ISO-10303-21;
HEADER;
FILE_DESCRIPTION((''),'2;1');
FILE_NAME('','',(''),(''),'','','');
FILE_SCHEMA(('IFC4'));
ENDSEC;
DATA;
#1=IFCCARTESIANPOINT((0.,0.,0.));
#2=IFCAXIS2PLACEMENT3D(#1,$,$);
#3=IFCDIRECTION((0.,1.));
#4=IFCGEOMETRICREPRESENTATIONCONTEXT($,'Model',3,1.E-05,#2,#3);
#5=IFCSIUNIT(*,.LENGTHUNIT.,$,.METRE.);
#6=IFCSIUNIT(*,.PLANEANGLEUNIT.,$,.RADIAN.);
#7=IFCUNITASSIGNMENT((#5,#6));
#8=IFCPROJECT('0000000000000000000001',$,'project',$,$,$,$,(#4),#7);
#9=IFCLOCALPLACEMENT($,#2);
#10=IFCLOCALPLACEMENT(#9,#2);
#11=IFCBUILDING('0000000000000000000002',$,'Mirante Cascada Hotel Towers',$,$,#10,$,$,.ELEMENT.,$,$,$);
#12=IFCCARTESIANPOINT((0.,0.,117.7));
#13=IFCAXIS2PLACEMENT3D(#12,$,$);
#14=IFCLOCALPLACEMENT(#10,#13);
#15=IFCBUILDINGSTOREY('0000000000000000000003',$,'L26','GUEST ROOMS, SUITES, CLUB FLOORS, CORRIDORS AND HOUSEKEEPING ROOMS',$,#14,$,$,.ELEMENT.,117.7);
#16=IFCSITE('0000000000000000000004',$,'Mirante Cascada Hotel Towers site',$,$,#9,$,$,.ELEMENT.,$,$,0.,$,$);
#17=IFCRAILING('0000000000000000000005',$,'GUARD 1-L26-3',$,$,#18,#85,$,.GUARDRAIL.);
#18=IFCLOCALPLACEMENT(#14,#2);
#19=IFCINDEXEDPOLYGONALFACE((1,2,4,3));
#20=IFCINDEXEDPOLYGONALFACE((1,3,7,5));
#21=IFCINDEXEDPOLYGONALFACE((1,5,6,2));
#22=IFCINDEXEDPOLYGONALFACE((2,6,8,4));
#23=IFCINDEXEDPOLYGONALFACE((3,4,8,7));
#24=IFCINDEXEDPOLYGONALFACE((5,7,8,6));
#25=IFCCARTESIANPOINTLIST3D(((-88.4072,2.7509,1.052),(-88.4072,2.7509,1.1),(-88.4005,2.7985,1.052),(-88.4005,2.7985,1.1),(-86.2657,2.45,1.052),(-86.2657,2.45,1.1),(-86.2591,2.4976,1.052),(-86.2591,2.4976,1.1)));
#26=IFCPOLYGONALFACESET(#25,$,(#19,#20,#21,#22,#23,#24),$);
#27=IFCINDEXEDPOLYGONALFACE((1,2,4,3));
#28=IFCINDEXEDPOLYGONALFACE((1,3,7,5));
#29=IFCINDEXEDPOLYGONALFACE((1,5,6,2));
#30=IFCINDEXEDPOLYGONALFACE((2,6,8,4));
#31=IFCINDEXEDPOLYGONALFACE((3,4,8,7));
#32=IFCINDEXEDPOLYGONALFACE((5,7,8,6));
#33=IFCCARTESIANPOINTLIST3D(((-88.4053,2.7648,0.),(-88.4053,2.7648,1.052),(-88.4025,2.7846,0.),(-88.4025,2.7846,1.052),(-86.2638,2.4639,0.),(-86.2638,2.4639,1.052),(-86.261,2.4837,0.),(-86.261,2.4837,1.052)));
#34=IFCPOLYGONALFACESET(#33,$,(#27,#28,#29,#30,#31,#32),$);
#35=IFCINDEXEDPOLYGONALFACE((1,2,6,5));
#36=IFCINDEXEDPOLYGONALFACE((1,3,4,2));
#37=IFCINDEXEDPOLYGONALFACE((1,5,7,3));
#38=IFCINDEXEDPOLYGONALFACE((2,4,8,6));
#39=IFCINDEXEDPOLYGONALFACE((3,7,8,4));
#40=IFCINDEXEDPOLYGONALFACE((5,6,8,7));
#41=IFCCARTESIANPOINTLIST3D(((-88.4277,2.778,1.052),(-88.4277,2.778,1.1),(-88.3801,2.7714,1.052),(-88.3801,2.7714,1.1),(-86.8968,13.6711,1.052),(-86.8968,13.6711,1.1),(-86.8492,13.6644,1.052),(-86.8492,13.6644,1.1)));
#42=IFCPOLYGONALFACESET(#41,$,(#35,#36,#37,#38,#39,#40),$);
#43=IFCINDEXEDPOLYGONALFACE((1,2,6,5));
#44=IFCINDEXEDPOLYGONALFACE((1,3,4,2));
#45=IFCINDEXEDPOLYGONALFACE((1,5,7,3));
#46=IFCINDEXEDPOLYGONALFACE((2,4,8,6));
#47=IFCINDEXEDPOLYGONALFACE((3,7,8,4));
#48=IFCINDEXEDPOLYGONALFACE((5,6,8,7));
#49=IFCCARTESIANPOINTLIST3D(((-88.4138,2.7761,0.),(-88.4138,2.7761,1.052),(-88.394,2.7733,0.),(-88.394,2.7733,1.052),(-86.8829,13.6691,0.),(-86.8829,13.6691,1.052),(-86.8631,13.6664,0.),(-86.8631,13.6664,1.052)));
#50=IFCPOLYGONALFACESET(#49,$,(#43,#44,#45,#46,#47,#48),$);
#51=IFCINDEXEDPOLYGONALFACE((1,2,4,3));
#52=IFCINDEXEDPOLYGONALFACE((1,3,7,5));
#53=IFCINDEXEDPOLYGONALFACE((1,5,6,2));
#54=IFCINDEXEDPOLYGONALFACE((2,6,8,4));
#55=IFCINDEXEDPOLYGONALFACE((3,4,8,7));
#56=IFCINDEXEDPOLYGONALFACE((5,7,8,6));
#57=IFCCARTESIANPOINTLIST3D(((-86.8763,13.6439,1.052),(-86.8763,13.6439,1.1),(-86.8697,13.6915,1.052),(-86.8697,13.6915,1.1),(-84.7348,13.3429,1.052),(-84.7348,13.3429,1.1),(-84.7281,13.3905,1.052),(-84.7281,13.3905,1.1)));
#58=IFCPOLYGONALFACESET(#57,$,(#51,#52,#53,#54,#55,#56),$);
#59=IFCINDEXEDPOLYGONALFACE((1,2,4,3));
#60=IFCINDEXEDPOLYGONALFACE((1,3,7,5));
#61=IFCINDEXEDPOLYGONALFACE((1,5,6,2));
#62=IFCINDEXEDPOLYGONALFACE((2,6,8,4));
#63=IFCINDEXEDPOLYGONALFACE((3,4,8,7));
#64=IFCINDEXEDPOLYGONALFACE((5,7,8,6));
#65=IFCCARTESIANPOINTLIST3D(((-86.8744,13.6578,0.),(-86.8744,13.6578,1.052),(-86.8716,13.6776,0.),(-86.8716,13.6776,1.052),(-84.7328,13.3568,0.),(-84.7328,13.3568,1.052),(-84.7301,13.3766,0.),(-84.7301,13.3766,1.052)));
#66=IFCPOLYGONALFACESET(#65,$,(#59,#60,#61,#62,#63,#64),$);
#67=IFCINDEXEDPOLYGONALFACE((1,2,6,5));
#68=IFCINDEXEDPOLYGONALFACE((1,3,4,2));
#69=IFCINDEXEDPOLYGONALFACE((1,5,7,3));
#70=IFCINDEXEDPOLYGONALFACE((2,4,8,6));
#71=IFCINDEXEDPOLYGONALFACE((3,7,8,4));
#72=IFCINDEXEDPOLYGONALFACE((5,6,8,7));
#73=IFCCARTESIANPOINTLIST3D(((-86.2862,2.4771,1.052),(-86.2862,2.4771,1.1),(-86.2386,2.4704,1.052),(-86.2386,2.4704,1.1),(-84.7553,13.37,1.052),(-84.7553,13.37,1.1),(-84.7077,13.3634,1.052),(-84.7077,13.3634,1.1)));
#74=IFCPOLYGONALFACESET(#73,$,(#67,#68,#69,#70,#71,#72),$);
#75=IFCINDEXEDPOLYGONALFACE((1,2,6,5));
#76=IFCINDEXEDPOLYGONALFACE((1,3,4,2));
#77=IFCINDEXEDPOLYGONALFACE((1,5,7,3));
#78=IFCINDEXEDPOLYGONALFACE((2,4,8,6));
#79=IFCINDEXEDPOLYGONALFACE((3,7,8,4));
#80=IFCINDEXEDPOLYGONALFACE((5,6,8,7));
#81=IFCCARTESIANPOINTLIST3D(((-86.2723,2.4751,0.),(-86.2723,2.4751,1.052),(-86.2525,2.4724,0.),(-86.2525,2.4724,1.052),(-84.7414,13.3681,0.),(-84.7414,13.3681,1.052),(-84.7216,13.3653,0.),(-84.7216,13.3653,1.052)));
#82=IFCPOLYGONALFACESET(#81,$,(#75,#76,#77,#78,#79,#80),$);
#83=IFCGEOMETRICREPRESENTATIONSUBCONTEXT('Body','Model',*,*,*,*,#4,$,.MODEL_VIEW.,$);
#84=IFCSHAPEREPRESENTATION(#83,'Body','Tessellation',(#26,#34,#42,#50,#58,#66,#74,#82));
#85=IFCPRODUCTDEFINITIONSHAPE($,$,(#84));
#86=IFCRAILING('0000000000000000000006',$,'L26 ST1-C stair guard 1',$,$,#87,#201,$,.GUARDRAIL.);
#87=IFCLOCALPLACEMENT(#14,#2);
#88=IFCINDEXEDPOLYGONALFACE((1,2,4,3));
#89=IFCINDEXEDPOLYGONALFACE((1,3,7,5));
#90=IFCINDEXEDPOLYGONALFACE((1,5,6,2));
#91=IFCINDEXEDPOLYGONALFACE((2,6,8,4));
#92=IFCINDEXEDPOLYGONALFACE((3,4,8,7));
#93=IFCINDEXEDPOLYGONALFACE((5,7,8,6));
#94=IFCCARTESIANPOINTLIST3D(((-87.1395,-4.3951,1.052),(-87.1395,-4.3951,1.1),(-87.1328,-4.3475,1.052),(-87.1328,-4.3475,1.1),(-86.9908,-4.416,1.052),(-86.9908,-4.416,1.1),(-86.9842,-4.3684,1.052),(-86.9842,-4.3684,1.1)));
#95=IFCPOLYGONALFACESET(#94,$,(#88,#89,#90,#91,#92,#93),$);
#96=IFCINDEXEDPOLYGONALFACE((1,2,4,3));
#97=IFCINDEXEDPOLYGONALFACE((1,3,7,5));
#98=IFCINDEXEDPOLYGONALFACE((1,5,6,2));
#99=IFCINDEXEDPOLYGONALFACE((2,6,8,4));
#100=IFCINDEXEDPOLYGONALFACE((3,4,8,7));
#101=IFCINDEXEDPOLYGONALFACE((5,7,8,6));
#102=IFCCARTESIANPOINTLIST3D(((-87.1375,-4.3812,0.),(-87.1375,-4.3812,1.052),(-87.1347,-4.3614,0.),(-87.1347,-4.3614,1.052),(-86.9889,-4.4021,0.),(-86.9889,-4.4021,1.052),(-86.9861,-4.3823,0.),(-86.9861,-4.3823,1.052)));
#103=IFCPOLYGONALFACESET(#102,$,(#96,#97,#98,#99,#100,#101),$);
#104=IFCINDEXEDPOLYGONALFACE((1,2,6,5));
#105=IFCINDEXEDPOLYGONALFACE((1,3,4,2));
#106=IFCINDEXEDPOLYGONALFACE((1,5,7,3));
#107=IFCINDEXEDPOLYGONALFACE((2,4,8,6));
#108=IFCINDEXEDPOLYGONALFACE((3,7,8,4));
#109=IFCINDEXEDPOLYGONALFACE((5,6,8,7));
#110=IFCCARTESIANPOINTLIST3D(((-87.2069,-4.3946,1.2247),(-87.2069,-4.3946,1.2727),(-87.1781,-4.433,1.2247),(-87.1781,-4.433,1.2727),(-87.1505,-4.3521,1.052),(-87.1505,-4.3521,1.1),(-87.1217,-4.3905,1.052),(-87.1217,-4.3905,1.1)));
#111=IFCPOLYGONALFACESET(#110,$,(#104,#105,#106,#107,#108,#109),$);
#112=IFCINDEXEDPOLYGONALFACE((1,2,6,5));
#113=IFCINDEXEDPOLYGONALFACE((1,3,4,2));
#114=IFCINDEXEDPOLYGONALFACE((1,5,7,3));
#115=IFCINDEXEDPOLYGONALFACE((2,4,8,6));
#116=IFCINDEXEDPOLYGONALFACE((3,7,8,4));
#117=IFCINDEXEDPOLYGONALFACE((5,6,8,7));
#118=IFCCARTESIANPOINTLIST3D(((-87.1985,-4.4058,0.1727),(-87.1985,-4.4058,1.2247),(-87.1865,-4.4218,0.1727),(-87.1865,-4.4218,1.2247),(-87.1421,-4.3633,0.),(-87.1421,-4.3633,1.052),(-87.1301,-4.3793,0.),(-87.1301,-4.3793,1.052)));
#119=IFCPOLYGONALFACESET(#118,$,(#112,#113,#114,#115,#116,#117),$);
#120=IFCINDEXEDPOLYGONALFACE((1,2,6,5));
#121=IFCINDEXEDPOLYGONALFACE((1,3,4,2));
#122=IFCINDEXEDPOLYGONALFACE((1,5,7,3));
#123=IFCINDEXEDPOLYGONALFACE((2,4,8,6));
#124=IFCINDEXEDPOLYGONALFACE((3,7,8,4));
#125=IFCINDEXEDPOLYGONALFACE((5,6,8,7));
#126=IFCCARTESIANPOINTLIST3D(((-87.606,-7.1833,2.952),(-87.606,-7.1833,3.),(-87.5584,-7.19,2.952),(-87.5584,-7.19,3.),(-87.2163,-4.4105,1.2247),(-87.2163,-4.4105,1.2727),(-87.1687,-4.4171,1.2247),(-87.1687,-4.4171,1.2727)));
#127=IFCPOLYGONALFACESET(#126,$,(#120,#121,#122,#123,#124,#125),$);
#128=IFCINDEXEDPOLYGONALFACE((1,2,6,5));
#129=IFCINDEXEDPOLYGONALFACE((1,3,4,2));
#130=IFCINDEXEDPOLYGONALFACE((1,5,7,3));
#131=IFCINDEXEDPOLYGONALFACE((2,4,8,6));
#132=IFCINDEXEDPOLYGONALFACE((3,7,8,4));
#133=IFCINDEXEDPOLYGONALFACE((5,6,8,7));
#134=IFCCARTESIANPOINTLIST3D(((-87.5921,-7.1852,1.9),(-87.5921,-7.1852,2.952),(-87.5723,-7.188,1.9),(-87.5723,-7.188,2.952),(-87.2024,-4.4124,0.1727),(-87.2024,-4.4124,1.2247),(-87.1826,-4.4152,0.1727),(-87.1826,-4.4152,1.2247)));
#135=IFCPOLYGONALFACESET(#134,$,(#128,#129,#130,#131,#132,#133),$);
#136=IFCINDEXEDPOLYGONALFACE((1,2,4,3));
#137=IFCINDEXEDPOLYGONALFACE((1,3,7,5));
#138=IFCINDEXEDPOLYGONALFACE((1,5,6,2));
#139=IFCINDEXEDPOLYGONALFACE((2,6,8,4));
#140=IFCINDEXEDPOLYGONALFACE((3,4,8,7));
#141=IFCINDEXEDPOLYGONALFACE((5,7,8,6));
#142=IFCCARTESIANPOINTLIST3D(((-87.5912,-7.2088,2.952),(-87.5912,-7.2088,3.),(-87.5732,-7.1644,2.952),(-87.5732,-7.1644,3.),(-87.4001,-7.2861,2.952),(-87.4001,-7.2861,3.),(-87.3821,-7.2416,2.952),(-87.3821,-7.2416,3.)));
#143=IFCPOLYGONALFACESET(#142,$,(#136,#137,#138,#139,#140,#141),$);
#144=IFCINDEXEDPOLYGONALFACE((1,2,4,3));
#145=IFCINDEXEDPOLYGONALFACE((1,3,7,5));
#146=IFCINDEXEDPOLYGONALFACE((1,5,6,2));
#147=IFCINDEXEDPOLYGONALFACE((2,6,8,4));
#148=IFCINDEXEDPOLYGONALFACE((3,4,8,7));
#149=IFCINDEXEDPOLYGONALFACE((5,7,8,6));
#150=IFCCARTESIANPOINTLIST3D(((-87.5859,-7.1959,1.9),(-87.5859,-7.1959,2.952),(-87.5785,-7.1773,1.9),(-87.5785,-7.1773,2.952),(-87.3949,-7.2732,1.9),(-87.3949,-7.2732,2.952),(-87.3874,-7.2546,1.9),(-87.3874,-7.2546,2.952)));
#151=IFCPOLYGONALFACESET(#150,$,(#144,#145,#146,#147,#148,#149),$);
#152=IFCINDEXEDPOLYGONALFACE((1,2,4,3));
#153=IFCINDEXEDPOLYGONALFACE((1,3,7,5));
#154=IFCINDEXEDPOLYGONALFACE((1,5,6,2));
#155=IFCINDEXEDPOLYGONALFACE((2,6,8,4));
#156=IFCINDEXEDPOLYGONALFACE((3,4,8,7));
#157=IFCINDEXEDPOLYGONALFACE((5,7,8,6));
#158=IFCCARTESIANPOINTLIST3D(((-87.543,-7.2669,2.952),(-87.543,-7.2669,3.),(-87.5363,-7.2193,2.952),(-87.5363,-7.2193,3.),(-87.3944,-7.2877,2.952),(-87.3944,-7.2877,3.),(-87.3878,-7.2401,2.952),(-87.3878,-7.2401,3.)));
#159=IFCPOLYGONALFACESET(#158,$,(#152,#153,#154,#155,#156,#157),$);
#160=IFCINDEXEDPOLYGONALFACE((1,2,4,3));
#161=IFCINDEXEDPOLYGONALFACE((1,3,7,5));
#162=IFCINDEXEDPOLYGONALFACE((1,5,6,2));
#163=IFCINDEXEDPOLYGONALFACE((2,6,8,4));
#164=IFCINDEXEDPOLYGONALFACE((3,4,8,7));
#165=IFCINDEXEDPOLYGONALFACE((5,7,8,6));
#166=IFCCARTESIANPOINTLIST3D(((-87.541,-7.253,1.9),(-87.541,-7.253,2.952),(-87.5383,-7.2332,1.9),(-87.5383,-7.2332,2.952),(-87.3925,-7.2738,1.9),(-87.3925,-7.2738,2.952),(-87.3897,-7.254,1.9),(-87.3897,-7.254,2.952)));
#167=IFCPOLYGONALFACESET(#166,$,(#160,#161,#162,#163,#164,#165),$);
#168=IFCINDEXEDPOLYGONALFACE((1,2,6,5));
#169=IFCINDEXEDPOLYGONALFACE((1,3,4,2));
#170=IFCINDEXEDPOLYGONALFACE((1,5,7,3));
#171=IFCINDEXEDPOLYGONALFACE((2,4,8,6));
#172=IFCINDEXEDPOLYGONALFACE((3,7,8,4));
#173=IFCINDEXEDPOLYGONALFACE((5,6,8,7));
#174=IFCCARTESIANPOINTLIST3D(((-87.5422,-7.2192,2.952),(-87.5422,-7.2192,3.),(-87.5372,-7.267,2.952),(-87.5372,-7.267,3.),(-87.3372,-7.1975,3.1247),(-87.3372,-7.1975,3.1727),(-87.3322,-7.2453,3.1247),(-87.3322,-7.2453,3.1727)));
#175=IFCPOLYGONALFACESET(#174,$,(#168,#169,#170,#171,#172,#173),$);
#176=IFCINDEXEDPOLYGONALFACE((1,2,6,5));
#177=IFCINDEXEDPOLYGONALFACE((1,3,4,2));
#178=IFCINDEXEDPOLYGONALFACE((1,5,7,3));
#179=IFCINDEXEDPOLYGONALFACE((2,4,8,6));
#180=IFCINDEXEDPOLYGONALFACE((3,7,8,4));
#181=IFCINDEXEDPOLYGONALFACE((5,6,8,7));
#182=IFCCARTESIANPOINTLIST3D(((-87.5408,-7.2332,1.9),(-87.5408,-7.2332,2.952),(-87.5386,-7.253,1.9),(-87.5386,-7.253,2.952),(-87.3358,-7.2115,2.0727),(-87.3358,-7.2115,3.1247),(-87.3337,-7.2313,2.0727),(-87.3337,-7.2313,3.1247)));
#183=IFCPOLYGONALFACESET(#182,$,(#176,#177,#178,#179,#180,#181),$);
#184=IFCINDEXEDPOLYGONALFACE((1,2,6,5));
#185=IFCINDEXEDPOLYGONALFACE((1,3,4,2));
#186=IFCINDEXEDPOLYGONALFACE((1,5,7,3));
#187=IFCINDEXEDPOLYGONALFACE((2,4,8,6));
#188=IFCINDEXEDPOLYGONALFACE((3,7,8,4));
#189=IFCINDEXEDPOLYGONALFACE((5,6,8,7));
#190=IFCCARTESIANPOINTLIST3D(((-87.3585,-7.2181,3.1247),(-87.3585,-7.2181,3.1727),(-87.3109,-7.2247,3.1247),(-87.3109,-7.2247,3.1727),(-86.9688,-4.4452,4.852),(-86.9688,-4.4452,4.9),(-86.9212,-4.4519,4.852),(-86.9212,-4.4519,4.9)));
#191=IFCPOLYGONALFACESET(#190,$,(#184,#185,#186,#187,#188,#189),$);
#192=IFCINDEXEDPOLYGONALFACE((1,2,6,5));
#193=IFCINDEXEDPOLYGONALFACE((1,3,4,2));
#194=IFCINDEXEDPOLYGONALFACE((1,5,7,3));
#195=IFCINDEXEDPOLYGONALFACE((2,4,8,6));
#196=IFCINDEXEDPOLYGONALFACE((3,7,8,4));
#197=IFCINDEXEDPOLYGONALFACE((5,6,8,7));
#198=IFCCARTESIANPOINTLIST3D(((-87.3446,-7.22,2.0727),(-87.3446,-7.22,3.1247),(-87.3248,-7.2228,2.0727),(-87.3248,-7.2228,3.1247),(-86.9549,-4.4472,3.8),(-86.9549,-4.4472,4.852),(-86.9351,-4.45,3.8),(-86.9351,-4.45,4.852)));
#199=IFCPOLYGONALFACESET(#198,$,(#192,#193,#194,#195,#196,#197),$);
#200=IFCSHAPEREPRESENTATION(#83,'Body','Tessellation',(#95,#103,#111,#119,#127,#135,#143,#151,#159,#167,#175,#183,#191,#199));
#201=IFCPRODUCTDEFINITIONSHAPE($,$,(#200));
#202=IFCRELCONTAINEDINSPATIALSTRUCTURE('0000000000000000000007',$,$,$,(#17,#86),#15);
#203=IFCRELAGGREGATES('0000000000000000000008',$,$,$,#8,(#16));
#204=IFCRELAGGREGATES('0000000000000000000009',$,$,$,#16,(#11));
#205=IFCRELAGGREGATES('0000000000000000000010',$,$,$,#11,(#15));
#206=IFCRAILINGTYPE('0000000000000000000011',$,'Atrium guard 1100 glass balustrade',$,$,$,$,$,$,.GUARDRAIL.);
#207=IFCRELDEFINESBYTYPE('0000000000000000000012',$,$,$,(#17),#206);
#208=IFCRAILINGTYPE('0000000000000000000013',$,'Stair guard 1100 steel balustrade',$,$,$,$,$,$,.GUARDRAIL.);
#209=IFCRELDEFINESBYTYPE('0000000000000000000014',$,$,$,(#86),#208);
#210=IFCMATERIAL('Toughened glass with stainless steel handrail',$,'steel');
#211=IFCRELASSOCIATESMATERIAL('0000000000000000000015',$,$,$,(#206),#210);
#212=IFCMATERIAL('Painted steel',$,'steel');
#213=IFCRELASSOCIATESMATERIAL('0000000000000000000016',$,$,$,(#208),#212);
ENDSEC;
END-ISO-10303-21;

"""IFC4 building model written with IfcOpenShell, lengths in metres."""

from ifc_helpers import new_model, si_unit, direction, frame, origin, origin_2d, place, context, subcontext, project, spatial, rectangle, extrude, material, type_object, element, save


model = new_model("IFC4")

# Units and contexts
model_context = context("Model", 3, precision=1e-05, world=origin(), true_north=direction((0.0, 1.0)))
body_context = subcontext(model_context, "Body", "Model", "MODEL_VIEW")
ifc_project = project(units=[si_unit("LENGTHUNIT", "METRE"), si_unit("PLANEANGLEUNIT", "RADIAN")], contexts=[model_context])

# Site, building, storey
site_placement = place(None, origin())
site = spatial("IfcSite", under=ifc_project, at=site_placement, Name="Mirante Cascada Hotel Towers site", CompositionType="ELEMENT", RefElevation=0.0)
building_placement = place(site_placement, origin())
building = spatial("IfcBuilding", under=site, at=building_placement, Name="Mirante Cascada Hotel Towers", CompositionType="ELEMENT")
storey_placement = place(building_placement, frame((0.0, 0.0, 117.7)))
storey = spatial("IfcBuildingStorey", under=building, at=storey_placement, Name="L26", Description="GUEST ROOMS, SUITES, CLUB FLOORS, CORRIDORS AND HOUSEKEEPING ROOMS", CompositionType="ELEMENT", Elevation=117.7)

# Railings
ifc_material_1 = material(Name="Toughened glass with stainless steel handrail", Category="steel")
railing_type_1 = type_object("IfcRailingType", Name="Atrium guard 1100 glass balustrade", PredefinedType="GUARDRAIL", material=ifc_material_1)
railing_1_placement = place(storey_placement, frame((-86.2624, 2.4738, 0.0)))
element("IfcRailing", 1, at=railing_1_placement, inside=storey, type_object=railing_type_1, Name="GUARD 1-L26-3", PredefinedType="GUARDRAIL", context=body_context, shape_type="SweptSolid", body=[
    extrude(rectangle(XDim=0.048, YDim=0.048, at=origin_2d()), frame((0.0, 0.0, 1.076), z_axis=(-0.990272, 0.139142, 0.0), x_axis=(-0.139142, -0.990272, 0.0)), (0.0, 0.0, 1.0), 2.1625),
    extrude(rectangle(XDim=0.02, YDim=1.052, at=origin_2d()), frame((0.0, 0.0, 0.526), z_axis=(-0.990272, 0.139142, 0.0), x_axis=(-0.139142, -0.990272, 0.0)), (0.0, 0.0, 1.0), 2.1625),
    extrude(rectangle(XDim=0.048, YDim=0.048, at=origin_2d()), frame((-2.1415, 0.3009, 1.076), z_axis=(0.139172, 0.990268, 0.0), x_axis=(-0.990268, 0.139172, 0.0)), (0.0, 0.0, 1.0), 11.0001),
    extrude(rectangle(XDim=0.02, YDim=1.052, at=origin_2d()), frame((-2.1415, 0.3009, 0.526), z_axis=(0.139172, 0.990268, 0.0), x_axis=(-0.990268, 0.139172, 0.0)), (0.0, 0.0, 1.0), 11.0001),
    extrude(rectangle(XDim=0.048, YDim=0.048, at=origin_2d()), frame((-0.6106, 11.1939, 1.076), z_axis=(0.990266, -0.139187, 0.0), x_axis=(0.139187, 0.990266, 0.0)), (0.0, 0.0, 1.0), 2.1626),
    extrude(rectangle(XDim=0.02, YDim=1.052, at=origin_2d()), frame((-0.6106, 11.1939, 0.526), z_axis=(0.990266, -0.139187, 0.0), x_axis=(0.139187, 0.990266, 0.0)), (0.0, 0.0, 1.0), 2.1626),
    extrude(rectangle(XDim=0.048, YDim=0.048, at=origin_2d()), frame((1.5309, 10.8929, 1.076), z_axis=(-0.139173, -0.990268, 0.0), x_axis=(0.990268, -0.139173, 0.0)), (0.0, 0.0, 1.0), 11.0),
    extrude(rectangle(XDim=0.02, YDim=1.052, at=origin_2d()), frame((1.5309, 10.8929, 0.526), z_axis=(-0.139173, -0.990268, 0.0), x_axis=(0.990268, -0.139173, 0.0)), (0.0, 0.0, 1.0), 11.0),
])
ifc_material_2 = material(Name="Painted steel", Category="steel")
railing_type_2 = type_object("IfcRailingType", Name="Stair guard 1100 steel balustrade", PredefinedType="GUARDRAIL", material=ifc_material_2)
railing_2_placement = place(storey_placement, frame((-86.9875, -4.3922, 0.0)))
element("IfcRailing", 2, at=railing_2_placement, inside=storey, type_object=railing_type_2, Name="L26 ST1-C stair guard 1", PredefinedType="GUARDRAIL", context=body_context, shape_type="SweptSolid", body=[
    extrude(rectangle(XDim=0.048, YDim=0.048, at=origin_2d()), frame((0.0, 0.0, 1.076), z_axis=(-0.990254, 0.139275, 0.0), x_axis=(-0.139275, -0.990254, 0.0)), (0.0, 0.0, 1.0), 0.1501),
    extrude(rectangle(XDim=0.02, YDim=1.052, at=origin_2d()), frame((0.0, 0.0, 0.526), z_axis=(-0.990254, 0.139275, 0.0), x_axis=(-0.139275, -0.990254, 0.0)), (0.0, 0.0, 1.0), 0.1501),
    extrude(rectangle(XDim=0.048, YDim=0.048, at=origin_2d()), frame((-0.1486, 0.0209, 1.076), z_axis=(-0.798639, -0.601811, 0.0), x_axis=(0.601811, -0.798639, 0.0)), (0.0, 0.925603, 0.378496), 0.1866),
    extrude(rectangle(XDim=0.02, YDim=1.052, at=origin_2d()), frame((-0.1486, 0.0209, 0.526), z_axis=(-0.798639, -0.601811, 0.0), x_axis=(0.601811, -0.798639, 0.0)), (0.0, 0.925603, 0.378496), 0.1866),
    extrude(rectangle(XDim=0.048, YDim=0.048, at=origin_2d()), frame((-0.205, -0.0216, 1.2487), z_axis=(-0.139176, -0.990268, 0.0), x_axis=(0.990268, -0.139176, 0.0)), (0.0, 0.525021, 0.851089), 3.29),
    extrude(rectangle(XDim=0.02, YDim=1.052, at=origin_2d()), frame((-0.205, -0.0216, 0.6987), z_axis=(-0.139176, -0.990268, 0.0), x_axis=(0.990268, -0.139176, 0.0)), (0.0, 0.525021, 0.851089), 3.29),
    extrude(rectangle(XDim=0.048, YDim=0.048, at=origin_2d()), frame((-0.5947, -2.7944, 2.976), z_axis=(0.927031, -0.374984, 0.0), x_axis=(0.374984, 0.927031, 0.0)), (0.0, 0.0, 1.0), 0.2061),
    extrude(rectangle(XDim=0.02, YDim=1.052, at=origin_2d()), frame((-0.5947, -2.7944, 2.426), z_axis=(0.927031, -0.374984, 0.0), x_axis=(0.374984, 0.927031, 0.0)), (0.0, 0.0, 1.0), 0.2061),
    extrude(rectangle(XDim=0.048, YDim=0.048, at=origin_2d()), frame((-0.4036, -2.8717, 2.976), z_axis=(-0.990345, 0.138622, 0.0), x_axis=(-0.138622, -0.990345, 0.0)), (0.0, 0.0, 1.0), 0.15),
    extrude(rectangle(XDim=0.02, YDim=1.052, at=origin_2d()), frame((-0.4036, -2.8717, 2.426), z_axis=(-0.990345, 0.138622, 0.0), x_axis=(-0.138622, -0.990345, 0.0)), (0.0, 0.0, 1.0), 0.15),
    extrude(rectangle(XDim=0.048, YDim=0.048, at=origin_2d()), frame((-0.5522, -2.8509, 2.976), z_axis=(0.994444, 0.105266, 0.0), x_axis=(-0.105266, 0.994444, 0.0)), (0.0, 0.642184, 0.76655), 0.2689),
    extrude(rectangle(XDim=0.02, YDim=1.052, at=origin_2d()), frame((-0.5522, -2.8509, 2.426), z_axis=(0.994444, 0.105266, 0.0), x_axis=(-0.105266, 0.994444, 0.0)), (0.0, 0.642184, 0.76655), 0.2689),
    extrude(rectangle(XDim=0.048, YDim=0.048, at=origin_2d()), frame((-0.3472, -2.8292, 3.1487), z_axis=(0.139176, 0.990268, 0.0), x_axis=(-0.990268, 0.139176, 0.0)), (0.0, 0.525021, 0.851089), 3.29),
    extrude(rectangle(XDim=0.02, YDim=1.052, at=origin_2d()), frame((-0.3472, -2.8292, 2.5987), z_axis=(0.139176, 0.990268, 0.0), x_axis=(-0.990268, 0.139176, 0.0)), (0.0, 0.525021, 0.851089), 3.29),
])

save(model, "model.ifc")
